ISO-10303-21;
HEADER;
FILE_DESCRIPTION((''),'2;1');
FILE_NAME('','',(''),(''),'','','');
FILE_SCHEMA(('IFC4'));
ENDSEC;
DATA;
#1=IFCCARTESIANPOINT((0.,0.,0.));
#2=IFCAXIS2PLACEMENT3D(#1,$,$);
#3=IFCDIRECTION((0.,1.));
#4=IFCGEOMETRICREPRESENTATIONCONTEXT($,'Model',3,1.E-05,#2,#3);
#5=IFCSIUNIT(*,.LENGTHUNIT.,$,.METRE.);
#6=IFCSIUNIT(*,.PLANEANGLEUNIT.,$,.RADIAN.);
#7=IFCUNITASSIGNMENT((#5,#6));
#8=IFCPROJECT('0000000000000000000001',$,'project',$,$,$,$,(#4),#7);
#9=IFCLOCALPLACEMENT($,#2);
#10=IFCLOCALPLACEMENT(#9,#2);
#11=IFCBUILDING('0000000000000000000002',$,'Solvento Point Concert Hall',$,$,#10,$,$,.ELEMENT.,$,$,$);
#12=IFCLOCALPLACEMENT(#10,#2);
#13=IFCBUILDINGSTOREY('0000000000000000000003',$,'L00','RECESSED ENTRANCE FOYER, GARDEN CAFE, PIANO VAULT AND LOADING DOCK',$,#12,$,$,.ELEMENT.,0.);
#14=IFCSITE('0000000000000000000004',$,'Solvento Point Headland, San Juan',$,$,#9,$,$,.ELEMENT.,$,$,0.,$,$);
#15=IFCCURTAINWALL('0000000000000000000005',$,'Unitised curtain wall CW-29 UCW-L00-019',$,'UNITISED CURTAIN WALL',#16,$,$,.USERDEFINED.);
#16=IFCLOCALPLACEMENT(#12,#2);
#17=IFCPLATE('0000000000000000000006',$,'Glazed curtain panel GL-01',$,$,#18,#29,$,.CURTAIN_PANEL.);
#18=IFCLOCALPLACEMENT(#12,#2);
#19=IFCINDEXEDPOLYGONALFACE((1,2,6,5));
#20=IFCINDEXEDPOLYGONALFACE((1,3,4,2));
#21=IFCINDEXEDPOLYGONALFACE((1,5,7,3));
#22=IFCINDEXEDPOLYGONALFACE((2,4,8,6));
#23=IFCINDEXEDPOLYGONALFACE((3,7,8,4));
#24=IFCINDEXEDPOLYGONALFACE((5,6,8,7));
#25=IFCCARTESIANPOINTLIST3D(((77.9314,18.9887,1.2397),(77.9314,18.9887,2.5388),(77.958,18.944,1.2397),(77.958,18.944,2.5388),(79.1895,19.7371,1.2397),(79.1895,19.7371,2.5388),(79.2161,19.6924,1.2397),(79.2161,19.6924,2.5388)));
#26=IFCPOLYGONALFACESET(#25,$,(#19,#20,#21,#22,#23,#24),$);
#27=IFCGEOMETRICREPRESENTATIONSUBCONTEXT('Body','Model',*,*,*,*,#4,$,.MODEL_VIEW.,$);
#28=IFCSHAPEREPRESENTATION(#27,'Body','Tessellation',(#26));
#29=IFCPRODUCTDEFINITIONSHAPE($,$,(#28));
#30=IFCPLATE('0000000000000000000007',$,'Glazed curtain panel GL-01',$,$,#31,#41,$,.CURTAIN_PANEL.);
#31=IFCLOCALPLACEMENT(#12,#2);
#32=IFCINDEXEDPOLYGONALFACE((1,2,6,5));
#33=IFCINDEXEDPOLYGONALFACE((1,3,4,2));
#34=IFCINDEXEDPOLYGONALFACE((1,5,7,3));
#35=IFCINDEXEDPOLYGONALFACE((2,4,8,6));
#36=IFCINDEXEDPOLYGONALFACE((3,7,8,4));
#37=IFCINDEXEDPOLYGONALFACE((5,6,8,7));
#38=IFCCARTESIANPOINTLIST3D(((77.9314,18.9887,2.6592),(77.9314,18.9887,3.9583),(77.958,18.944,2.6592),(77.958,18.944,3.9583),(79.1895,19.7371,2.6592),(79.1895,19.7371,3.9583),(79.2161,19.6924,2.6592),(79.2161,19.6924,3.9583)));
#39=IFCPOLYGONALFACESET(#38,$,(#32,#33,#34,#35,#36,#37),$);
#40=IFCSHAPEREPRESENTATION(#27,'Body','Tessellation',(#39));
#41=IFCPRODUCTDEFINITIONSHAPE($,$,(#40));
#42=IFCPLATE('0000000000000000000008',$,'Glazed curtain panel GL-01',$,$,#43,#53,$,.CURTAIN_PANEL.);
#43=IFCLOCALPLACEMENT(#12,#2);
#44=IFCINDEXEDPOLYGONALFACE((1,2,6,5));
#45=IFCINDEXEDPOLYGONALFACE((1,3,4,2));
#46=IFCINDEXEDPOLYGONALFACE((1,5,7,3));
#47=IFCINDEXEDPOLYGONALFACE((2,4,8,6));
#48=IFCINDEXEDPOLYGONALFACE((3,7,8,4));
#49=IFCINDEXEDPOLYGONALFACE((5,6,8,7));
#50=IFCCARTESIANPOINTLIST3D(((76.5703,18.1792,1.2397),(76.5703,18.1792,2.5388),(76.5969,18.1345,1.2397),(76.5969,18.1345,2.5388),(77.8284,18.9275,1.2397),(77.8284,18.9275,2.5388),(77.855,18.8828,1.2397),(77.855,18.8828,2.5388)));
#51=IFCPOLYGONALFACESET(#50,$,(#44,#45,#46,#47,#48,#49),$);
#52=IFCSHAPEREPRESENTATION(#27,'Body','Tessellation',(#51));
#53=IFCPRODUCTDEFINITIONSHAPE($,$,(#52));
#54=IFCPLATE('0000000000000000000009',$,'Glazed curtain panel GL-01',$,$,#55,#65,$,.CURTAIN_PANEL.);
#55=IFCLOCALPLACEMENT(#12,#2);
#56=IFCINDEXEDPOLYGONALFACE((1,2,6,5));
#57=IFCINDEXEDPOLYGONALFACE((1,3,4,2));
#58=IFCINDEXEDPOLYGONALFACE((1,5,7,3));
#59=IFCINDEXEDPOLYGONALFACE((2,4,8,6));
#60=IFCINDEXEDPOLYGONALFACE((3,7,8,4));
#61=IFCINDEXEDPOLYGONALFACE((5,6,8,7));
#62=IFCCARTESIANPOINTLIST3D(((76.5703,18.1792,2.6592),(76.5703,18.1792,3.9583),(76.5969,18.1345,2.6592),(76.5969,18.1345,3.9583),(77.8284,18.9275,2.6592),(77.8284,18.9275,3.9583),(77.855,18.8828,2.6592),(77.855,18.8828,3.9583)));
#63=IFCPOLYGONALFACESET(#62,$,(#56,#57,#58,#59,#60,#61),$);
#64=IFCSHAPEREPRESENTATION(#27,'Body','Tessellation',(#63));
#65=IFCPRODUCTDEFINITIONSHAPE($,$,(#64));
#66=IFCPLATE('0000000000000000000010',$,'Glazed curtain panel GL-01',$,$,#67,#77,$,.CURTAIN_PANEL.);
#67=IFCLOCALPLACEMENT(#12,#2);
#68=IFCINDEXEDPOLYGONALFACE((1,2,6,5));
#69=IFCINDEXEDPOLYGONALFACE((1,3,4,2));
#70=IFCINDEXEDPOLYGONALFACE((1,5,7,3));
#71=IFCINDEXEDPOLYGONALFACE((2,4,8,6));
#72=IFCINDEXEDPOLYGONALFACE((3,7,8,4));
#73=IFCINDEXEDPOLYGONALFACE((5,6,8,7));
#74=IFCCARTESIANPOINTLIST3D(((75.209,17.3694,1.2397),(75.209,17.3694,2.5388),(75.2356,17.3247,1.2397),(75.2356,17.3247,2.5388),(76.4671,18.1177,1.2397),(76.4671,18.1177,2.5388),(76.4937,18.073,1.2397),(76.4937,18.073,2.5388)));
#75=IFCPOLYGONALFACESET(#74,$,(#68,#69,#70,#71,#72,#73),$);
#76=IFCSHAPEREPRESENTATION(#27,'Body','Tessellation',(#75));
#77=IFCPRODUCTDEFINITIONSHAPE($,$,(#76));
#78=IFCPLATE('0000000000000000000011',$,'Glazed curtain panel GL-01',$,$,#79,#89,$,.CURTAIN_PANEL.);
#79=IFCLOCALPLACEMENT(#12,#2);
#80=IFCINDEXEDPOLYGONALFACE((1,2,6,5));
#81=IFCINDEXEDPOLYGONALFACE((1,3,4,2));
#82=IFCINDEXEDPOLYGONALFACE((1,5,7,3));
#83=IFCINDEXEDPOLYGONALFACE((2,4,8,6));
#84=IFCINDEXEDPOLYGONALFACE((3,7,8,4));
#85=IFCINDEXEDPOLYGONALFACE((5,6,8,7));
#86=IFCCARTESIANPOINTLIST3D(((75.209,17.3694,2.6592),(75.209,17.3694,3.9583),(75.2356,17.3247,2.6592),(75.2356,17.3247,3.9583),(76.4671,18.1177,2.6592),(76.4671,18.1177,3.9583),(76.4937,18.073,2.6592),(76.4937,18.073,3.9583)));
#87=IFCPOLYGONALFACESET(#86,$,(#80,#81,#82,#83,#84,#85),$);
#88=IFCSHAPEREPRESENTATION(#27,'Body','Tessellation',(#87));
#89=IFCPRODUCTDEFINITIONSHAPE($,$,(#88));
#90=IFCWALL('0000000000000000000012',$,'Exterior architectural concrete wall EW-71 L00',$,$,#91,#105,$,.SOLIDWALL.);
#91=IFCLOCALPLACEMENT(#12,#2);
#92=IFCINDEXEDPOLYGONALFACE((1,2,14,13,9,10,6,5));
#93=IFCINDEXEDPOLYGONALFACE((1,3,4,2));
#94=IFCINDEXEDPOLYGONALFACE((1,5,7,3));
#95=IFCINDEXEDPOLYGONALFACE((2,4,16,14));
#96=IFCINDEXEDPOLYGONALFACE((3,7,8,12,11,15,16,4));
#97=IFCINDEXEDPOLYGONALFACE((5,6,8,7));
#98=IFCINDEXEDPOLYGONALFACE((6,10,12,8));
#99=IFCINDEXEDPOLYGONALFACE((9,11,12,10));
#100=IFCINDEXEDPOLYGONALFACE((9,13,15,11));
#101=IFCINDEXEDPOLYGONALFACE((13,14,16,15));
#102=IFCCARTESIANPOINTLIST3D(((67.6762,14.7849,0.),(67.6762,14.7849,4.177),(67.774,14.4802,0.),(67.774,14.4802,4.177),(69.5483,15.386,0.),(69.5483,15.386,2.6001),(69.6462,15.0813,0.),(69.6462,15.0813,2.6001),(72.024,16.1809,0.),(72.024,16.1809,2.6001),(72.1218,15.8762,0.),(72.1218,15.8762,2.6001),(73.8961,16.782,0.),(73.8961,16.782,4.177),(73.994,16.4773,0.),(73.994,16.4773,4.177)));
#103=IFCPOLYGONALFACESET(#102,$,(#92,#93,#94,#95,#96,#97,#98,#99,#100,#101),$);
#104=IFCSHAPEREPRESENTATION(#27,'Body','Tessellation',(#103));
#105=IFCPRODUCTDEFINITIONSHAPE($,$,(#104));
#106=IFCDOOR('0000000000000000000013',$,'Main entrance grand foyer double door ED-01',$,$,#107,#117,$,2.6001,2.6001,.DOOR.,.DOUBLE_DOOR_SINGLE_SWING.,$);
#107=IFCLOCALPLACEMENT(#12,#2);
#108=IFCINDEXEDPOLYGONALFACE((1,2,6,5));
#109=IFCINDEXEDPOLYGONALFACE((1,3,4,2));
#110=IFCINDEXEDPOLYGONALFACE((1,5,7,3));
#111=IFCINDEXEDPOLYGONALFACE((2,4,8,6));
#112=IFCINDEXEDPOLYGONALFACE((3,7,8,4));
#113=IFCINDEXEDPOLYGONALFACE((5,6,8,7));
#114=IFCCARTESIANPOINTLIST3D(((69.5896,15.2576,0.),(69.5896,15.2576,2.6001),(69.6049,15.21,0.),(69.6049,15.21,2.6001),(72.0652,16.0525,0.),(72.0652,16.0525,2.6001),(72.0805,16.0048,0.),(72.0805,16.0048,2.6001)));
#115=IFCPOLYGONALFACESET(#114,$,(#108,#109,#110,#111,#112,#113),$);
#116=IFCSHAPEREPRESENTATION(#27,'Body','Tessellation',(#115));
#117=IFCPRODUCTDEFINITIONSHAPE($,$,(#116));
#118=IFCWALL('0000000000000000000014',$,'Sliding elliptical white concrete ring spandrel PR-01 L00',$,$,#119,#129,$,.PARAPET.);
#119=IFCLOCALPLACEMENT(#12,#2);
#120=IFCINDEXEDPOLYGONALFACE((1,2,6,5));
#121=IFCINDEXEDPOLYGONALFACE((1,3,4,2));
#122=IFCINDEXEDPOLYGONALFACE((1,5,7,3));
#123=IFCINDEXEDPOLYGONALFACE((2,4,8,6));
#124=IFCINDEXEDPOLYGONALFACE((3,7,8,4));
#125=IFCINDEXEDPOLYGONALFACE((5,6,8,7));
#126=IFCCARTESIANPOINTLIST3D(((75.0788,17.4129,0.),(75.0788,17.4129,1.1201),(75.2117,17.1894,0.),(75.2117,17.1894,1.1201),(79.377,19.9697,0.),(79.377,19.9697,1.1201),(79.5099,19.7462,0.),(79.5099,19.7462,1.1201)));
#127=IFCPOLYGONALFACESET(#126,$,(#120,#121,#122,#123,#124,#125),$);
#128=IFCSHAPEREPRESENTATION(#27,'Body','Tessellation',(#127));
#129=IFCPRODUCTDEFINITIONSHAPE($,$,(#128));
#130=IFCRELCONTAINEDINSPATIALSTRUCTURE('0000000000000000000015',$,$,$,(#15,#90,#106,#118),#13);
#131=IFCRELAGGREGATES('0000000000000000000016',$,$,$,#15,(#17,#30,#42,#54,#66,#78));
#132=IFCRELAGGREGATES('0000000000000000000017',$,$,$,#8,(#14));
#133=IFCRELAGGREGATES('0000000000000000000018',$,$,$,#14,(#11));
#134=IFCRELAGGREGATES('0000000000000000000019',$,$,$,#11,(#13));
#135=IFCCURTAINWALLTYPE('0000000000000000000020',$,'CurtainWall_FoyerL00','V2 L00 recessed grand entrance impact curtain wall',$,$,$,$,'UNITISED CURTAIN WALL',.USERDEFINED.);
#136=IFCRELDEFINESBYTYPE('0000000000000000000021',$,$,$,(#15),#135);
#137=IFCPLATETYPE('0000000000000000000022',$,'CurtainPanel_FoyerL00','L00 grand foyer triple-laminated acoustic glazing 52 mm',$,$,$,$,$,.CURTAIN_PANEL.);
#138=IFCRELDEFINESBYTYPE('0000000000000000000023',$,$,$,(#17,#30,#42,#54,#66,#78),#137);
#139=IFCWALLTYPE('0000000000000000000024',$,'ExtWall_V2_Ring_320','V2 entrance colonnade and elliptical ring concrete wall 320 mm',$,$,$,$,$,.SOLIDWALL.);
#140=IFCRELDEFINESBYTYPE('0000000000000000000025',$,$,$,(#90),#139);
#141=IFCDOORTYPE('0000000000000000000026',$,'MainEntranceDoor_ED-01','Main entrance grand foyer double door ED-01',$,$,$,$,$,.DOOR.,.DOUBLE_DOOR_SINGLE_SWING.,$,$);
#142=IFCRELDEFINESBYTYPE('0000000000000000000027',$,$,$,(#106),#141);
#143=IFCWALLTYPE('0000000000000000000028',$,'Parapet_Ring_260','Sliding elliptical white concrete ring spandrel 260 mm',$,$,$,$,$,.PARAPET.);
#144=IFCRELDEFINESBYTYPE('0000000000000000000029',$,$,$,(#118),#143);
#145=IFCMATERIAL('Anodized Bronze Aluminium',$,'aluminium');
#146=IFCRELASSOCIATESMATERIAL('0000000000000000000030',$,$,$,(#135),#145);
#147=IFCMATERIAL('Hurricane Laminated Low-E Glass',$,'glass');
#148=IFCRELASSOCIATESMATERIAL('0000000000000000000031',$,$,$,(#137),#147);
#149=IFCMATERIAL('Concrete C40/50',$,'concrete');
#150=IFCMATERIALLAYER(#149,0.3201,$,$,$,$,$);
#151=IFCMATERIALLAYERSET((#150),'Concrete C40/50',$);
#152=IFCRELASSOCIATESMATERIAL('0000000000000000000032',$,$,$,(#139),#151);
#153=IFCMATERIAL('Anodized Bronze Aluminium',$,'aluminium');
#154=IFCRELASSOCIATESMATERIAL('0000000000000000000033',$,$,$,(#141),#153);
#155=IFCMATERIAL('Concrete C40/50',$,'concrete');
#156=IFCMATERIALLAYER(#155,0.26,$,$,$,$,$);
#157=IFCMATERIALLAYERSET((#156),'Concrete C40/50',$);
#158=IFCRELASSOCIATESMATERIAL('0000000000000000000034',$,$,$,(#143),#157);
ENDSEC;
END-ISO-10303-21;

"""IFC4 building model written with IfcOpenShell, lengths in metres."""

from ifc_helpers import new_model, si_unit, direction, frame, frame_2d, origin, origin_2d, place, context, subcontext, project, spatial, rectangle, extrude, material, layer, layer_set, type_object, element, fill, aggregate, save


model = new_model("IFC4")

# Units and contexts
model_context = context("Model", 3, precision=1e-05, world=origin(), true_north=direction((0.0, 1.0)))
body_context = subcontext(model_context, "Body", "Model", "MODEL_VIEW")
ifc_project = project(units=[si_unit("LENGTHUNIT", "METRE"), si_unit("PLANEANGLEUNIT", "RADIAN")], contexts=[model_context])

# Site, building, storey
site_placement = place(None, origin())
site = spatial("IfcSite", under=ifc_project, at=site_placement, Name="Solvento Point Headland, San Juan", CompositionType="ELEMENT", RefElevation=0.0)
building_placement = place(site_placement, origin())
building = spatial("IfcBuilding", under=site, at=building_placement, Name="Solvento Point Concert Hall", CompositionType="ELEMENT")
storey_placement = place(building_placement, origin())
storey = spatial("IfcBuildingStorey", under=building, at=storey_placement, Name="L00", Description="RECESSED ENTRANCE FOYER, GARDEN CAFE, PIANO VAULT AND LOADING DOCK", CompositionType="ELEMENT", Elevation=0.0)

# Curtain wall
ifc_material_1 = material(Name="Anodized Bronze Aluminium", Category="aluminium")
curtain_wall_type = type_object("IfcCurtainWallType", Name="CurtainWall_FoyerL00", Description="V2 L00 recessed grand entrance impact curtain wall", ElementType="UNITISED CURTAIN WALL", PredefinedType="USERDEFINED", material=ifc_material_1)
curtain_wall_1_placement = place(storey_placement, origin())
curtain_wall_1 = element("IfcCurtainWall", 1, at=curtain_wall_1_placement, inside=storey, type_object=curtain_wall_type, Name="Unitised curtain wall CW-29 UCW-L00-019", ObjectType="UNITISED CURTAIN WALL", PredefinedType="USERDEFINED")

# Plates
ifc_material_2 = material(Name="Hurricane Laminated Low-E Glass", Category="glass")
plate_type = type_object("IfcPlateType", Name="CurtainPanel_FoyerL00", Description="L00 grand foyer triple-laminated acoustic glazing 52 mm", PredefinedType="CURTAIN_PANEL", material=ifc_material_2)
plate_1_placement = place(storey_placement, frame((78.5737, 19.3406, 1.2397), z_axis=(0.0, 0.0, 1.0), x_axis=(-0.859448, -0.511223, 0.0)))
plate_1 = element("IfcPlate", 2, at=plate_1_placement, type_object=plate_type, Name="Glazed curtain panel GL-01", PredefinedType="CURTAIN_PANEL", context=body_context, shape_type="SweptSolid", body=[
    extrude(rectangle(XDim=1.4639, YDim=0.052, at=origin_2d()), origin(), (0.0, 0.0, 1.0), 1.2991),
])
plate_2_placement = place(storey_placement, frame((78.5737, 19.3406, 2.6592), z_axis=(0.0, 0.0, 1.0), x_axis=(-0.859448, -0.511223, 0.0)))
plate_2 = element("IfcPlate", 3, at=plate_2_placement, type_object=plate_type, Name="Glazed curtain panel GL-01", PredefinedType="CURTAIN_PANEL", context=body_context, shape_type="SweptSolid", body=[
    extrude(rectangle(XDim=1.4639, YDim=0.052, at=origin_2d()), origin(), (0.0, 0.0, 1.0), 1.2991),
])
plate_3_placement = place(storey_placement, frame((77.2126, 18.531, 1.2397), z_axis=(0.0, 0.0, 1.0), x_axis=(-0.859448, -0.511223, 0.0)))
plate_3 = element("IfcPlate", 4, at=plate_3_placement, type_object=plate_type, Name="Glazed curtain panel GL-01", PredefinedType="CURTAIN_PANEL", context=body_context, shape_type="SweptSolid", body=[
    extrude(rectangle(XDim=1.4639, YDim=0.052, at=origin_2d()), origin(), (0.0, 0.0, 1.0), 1.2991),
])
plate_4_placement = place(storey_placement, frame((77.2126, 18.531, 2.6592), z_axis=(0.0, 0.0, 1.0), x_axis=(-0.859448, -0.511223, 0.0)))
plate_4 = element("IfcPlate", 5, at=plate_4_placement, type_object=plate_type, Name="Glazed curtain panel GL-01", PredefinedType="CURTAIN_PANEL", context=body_context, shape_type="SweptSolid", body=[
    extrude(rectangle(XDim=1.4639, YDim=0.052, at=origin_2d()), origin(), (0.0, 0.0, 1.0), 1.2991),
])
plate_5_placement = place(storey_placement, frame((75.8513, 17.7212, 1.2397), z_axis=(0.0, 0.0, 1.0), x_axis=(-0.859448, -0.511223, 0.0)))
plate_5 = element("IfcPlate", 6, at=plate_5_placement, type_object=plate_type, Name="Glazed curtain panel GL-01", PredefinedType="CURTAIN_PANEL", context=body_context, shape_type="SweptSolid", body=[
    extrude(rectangle(XDim=1.4639, YDim=0.052, at=origin_2d()), origin(), (0.0, 0.0, 1.0), 1.2991),
])
plate_6_placement = place(storey_placement, frame((75.8513, 17.7212, 2.6592), z_axis=(0.0, 0.0, 1.0), x_axis=(-0.859448, -0.511223, 0.0)))
plate_6 = element("IfcPlate", 7, at=plate_6_placement, type_object=plate_type, Name="Glazed curtain panel GL-01", PredefinedType="CURTAIN_PANEL", context=body_context, shape_type="SweptSolid", body=[
    extrude(rectangle(XDim=1.4639, YDim=0.052, at=origin_2d()), origin(), (0.0, 0.0, 1.0), 1.2991),
])
aggregate(curtain_wall_1, [plate_1, plate_2, plate_3, plate_4, plate_5, plate_6])

# Wall, opening, door
ifc_material_3 = material(Name="Concrete C40/50", Category="concrete")
ifc_layer_1 = layer(ifc_material_3, 0.3201)
ifc_layer_set_1 = layer_set([ifc_layer_1], Name="Concrete C40/50")
wall_type_1 = type_object("IfcWallType", Name="ExtWall_V2_Ring_320", Description="V2 entrance colonnade and elliptical ring concrete wall 320 mm", PredefinedType="SOLIDWALL", material=ifc_layer_set_1)
wall_1_placement = place(storey_placement, frame((73.9451, 16.6296, 0.0), z_axis=(0.0, 0.0, 1.0), x_axis=(-0.952127, -0.305703, 0.0)))
wall_1 = element("IfcWall", 8, at=wall_1_placement, inside=storey, type_object=wall_type_1, Name="Exterior architectural concrete wall EW-71 L00", PredefinedType="SOLIDWALL", context=body_context, shape_type="SweptSolid", body=[
    extrude(rectangle(XDim=6.5327, YDim=0.3201, at=frame_2d((3.2664, 0.0))), origin(), (0.0, 0.0, 1.0), 4.177),
])
opening_placement = place(wall_1_placement, frame((1.9663, 0.0, 0.0)))
opening = element("IfcOpeningElement", 9, at=opening_placement, cuts=wall_1, PredefinedType="OPENING", context=body_context, shape_type="SweptSolid", body=[
    extrude(rectangle(XDim=2.6001, YDim=2.6001, at=frame_2d((1.3, 1.3))), frame((0.0, 0.1699, 0.0), z_axis=(0.0, -1.0, 0.0), x_axis=(1.0, 0.0, 0.0)), (0.0, 0.0, 1.0), 0.3401),
])
ifc_material_4 = material(Name="Anodized Bronze Aluminium", Category="aluminium")
door_type = type_object("IfcDoorType", Name="MainEntranceDoor_ED-01", Description="Main entrance grand foyer double door ED-01", OperationType="DOUBLE_DOOR_SINGLE_SWING", PredefinedType="DOOR", material=ifc_material_4)
door_placement = place(opening_placement, origin())
door = element("IfcDoor", 10, at=door_placement, inside=storey, type_object=door_type, Name="Main entrance grand foyer double door ED-01", OperationType="DOUBLE_DOOR_SINGLE_SWING", OverallHeight=2.6001, OverallWidth=2.6001, PredefinedType="DOOR", context=body_context, shape_type="SweptSolid", body=[
    extrude(rectangle(XDim=2.6001, YDim=2.6001, at=frame_2d((1.3, 1.3))), frame((0.0, 0.0249, 0.0), z_axis=(0.0, -1.0, 0.0), x_axis=(1.0, 0.0, 0.0)), (0.0, 0.0, 1.0), 0.05),
])
fill(opening, door)

# Wall
ifc_material_5 = material(Name="Concrete C40/50", Category="concrete")
ifc_layer_2 = layer(ifc_material_5, 0.26)
ifc_layer_set_2 = layer_set([ifc_layer_2], Name="Concrete C40/50")
wall_type_2 = type_object("IfcWallType", Name="Parapet_Ring_260", Description="Sliding elliptical white concrete ring spandrel 260 mm", PredefinedType="PARAPET", material=ifc_layer_set_2)
wall_2_placement = place(storey_placement, frame((79.4434, 19.8579, 0.0), z_axis=(0.0, 0.0, 1.0), x_axis=(-0.859438, -0.51124, 0.0)))
element("IfcWall", 11, at=wall_2_placement, inside=storey, type_object=wall_type_2, Name="Sliding elliptical white concrete ring spandrel PR-01 L00", PredefinedType="PARAPET", context=body_context, shape_type="SweptSolid", body=[
    extrude(rectangle(XDim=5.0012, YDim=0.26, at=frame_2d((2.5005, 0.0))), origin(), (0.0, 0.0, 1.0), 1.1201),
])

save(model, "model.ifc")
